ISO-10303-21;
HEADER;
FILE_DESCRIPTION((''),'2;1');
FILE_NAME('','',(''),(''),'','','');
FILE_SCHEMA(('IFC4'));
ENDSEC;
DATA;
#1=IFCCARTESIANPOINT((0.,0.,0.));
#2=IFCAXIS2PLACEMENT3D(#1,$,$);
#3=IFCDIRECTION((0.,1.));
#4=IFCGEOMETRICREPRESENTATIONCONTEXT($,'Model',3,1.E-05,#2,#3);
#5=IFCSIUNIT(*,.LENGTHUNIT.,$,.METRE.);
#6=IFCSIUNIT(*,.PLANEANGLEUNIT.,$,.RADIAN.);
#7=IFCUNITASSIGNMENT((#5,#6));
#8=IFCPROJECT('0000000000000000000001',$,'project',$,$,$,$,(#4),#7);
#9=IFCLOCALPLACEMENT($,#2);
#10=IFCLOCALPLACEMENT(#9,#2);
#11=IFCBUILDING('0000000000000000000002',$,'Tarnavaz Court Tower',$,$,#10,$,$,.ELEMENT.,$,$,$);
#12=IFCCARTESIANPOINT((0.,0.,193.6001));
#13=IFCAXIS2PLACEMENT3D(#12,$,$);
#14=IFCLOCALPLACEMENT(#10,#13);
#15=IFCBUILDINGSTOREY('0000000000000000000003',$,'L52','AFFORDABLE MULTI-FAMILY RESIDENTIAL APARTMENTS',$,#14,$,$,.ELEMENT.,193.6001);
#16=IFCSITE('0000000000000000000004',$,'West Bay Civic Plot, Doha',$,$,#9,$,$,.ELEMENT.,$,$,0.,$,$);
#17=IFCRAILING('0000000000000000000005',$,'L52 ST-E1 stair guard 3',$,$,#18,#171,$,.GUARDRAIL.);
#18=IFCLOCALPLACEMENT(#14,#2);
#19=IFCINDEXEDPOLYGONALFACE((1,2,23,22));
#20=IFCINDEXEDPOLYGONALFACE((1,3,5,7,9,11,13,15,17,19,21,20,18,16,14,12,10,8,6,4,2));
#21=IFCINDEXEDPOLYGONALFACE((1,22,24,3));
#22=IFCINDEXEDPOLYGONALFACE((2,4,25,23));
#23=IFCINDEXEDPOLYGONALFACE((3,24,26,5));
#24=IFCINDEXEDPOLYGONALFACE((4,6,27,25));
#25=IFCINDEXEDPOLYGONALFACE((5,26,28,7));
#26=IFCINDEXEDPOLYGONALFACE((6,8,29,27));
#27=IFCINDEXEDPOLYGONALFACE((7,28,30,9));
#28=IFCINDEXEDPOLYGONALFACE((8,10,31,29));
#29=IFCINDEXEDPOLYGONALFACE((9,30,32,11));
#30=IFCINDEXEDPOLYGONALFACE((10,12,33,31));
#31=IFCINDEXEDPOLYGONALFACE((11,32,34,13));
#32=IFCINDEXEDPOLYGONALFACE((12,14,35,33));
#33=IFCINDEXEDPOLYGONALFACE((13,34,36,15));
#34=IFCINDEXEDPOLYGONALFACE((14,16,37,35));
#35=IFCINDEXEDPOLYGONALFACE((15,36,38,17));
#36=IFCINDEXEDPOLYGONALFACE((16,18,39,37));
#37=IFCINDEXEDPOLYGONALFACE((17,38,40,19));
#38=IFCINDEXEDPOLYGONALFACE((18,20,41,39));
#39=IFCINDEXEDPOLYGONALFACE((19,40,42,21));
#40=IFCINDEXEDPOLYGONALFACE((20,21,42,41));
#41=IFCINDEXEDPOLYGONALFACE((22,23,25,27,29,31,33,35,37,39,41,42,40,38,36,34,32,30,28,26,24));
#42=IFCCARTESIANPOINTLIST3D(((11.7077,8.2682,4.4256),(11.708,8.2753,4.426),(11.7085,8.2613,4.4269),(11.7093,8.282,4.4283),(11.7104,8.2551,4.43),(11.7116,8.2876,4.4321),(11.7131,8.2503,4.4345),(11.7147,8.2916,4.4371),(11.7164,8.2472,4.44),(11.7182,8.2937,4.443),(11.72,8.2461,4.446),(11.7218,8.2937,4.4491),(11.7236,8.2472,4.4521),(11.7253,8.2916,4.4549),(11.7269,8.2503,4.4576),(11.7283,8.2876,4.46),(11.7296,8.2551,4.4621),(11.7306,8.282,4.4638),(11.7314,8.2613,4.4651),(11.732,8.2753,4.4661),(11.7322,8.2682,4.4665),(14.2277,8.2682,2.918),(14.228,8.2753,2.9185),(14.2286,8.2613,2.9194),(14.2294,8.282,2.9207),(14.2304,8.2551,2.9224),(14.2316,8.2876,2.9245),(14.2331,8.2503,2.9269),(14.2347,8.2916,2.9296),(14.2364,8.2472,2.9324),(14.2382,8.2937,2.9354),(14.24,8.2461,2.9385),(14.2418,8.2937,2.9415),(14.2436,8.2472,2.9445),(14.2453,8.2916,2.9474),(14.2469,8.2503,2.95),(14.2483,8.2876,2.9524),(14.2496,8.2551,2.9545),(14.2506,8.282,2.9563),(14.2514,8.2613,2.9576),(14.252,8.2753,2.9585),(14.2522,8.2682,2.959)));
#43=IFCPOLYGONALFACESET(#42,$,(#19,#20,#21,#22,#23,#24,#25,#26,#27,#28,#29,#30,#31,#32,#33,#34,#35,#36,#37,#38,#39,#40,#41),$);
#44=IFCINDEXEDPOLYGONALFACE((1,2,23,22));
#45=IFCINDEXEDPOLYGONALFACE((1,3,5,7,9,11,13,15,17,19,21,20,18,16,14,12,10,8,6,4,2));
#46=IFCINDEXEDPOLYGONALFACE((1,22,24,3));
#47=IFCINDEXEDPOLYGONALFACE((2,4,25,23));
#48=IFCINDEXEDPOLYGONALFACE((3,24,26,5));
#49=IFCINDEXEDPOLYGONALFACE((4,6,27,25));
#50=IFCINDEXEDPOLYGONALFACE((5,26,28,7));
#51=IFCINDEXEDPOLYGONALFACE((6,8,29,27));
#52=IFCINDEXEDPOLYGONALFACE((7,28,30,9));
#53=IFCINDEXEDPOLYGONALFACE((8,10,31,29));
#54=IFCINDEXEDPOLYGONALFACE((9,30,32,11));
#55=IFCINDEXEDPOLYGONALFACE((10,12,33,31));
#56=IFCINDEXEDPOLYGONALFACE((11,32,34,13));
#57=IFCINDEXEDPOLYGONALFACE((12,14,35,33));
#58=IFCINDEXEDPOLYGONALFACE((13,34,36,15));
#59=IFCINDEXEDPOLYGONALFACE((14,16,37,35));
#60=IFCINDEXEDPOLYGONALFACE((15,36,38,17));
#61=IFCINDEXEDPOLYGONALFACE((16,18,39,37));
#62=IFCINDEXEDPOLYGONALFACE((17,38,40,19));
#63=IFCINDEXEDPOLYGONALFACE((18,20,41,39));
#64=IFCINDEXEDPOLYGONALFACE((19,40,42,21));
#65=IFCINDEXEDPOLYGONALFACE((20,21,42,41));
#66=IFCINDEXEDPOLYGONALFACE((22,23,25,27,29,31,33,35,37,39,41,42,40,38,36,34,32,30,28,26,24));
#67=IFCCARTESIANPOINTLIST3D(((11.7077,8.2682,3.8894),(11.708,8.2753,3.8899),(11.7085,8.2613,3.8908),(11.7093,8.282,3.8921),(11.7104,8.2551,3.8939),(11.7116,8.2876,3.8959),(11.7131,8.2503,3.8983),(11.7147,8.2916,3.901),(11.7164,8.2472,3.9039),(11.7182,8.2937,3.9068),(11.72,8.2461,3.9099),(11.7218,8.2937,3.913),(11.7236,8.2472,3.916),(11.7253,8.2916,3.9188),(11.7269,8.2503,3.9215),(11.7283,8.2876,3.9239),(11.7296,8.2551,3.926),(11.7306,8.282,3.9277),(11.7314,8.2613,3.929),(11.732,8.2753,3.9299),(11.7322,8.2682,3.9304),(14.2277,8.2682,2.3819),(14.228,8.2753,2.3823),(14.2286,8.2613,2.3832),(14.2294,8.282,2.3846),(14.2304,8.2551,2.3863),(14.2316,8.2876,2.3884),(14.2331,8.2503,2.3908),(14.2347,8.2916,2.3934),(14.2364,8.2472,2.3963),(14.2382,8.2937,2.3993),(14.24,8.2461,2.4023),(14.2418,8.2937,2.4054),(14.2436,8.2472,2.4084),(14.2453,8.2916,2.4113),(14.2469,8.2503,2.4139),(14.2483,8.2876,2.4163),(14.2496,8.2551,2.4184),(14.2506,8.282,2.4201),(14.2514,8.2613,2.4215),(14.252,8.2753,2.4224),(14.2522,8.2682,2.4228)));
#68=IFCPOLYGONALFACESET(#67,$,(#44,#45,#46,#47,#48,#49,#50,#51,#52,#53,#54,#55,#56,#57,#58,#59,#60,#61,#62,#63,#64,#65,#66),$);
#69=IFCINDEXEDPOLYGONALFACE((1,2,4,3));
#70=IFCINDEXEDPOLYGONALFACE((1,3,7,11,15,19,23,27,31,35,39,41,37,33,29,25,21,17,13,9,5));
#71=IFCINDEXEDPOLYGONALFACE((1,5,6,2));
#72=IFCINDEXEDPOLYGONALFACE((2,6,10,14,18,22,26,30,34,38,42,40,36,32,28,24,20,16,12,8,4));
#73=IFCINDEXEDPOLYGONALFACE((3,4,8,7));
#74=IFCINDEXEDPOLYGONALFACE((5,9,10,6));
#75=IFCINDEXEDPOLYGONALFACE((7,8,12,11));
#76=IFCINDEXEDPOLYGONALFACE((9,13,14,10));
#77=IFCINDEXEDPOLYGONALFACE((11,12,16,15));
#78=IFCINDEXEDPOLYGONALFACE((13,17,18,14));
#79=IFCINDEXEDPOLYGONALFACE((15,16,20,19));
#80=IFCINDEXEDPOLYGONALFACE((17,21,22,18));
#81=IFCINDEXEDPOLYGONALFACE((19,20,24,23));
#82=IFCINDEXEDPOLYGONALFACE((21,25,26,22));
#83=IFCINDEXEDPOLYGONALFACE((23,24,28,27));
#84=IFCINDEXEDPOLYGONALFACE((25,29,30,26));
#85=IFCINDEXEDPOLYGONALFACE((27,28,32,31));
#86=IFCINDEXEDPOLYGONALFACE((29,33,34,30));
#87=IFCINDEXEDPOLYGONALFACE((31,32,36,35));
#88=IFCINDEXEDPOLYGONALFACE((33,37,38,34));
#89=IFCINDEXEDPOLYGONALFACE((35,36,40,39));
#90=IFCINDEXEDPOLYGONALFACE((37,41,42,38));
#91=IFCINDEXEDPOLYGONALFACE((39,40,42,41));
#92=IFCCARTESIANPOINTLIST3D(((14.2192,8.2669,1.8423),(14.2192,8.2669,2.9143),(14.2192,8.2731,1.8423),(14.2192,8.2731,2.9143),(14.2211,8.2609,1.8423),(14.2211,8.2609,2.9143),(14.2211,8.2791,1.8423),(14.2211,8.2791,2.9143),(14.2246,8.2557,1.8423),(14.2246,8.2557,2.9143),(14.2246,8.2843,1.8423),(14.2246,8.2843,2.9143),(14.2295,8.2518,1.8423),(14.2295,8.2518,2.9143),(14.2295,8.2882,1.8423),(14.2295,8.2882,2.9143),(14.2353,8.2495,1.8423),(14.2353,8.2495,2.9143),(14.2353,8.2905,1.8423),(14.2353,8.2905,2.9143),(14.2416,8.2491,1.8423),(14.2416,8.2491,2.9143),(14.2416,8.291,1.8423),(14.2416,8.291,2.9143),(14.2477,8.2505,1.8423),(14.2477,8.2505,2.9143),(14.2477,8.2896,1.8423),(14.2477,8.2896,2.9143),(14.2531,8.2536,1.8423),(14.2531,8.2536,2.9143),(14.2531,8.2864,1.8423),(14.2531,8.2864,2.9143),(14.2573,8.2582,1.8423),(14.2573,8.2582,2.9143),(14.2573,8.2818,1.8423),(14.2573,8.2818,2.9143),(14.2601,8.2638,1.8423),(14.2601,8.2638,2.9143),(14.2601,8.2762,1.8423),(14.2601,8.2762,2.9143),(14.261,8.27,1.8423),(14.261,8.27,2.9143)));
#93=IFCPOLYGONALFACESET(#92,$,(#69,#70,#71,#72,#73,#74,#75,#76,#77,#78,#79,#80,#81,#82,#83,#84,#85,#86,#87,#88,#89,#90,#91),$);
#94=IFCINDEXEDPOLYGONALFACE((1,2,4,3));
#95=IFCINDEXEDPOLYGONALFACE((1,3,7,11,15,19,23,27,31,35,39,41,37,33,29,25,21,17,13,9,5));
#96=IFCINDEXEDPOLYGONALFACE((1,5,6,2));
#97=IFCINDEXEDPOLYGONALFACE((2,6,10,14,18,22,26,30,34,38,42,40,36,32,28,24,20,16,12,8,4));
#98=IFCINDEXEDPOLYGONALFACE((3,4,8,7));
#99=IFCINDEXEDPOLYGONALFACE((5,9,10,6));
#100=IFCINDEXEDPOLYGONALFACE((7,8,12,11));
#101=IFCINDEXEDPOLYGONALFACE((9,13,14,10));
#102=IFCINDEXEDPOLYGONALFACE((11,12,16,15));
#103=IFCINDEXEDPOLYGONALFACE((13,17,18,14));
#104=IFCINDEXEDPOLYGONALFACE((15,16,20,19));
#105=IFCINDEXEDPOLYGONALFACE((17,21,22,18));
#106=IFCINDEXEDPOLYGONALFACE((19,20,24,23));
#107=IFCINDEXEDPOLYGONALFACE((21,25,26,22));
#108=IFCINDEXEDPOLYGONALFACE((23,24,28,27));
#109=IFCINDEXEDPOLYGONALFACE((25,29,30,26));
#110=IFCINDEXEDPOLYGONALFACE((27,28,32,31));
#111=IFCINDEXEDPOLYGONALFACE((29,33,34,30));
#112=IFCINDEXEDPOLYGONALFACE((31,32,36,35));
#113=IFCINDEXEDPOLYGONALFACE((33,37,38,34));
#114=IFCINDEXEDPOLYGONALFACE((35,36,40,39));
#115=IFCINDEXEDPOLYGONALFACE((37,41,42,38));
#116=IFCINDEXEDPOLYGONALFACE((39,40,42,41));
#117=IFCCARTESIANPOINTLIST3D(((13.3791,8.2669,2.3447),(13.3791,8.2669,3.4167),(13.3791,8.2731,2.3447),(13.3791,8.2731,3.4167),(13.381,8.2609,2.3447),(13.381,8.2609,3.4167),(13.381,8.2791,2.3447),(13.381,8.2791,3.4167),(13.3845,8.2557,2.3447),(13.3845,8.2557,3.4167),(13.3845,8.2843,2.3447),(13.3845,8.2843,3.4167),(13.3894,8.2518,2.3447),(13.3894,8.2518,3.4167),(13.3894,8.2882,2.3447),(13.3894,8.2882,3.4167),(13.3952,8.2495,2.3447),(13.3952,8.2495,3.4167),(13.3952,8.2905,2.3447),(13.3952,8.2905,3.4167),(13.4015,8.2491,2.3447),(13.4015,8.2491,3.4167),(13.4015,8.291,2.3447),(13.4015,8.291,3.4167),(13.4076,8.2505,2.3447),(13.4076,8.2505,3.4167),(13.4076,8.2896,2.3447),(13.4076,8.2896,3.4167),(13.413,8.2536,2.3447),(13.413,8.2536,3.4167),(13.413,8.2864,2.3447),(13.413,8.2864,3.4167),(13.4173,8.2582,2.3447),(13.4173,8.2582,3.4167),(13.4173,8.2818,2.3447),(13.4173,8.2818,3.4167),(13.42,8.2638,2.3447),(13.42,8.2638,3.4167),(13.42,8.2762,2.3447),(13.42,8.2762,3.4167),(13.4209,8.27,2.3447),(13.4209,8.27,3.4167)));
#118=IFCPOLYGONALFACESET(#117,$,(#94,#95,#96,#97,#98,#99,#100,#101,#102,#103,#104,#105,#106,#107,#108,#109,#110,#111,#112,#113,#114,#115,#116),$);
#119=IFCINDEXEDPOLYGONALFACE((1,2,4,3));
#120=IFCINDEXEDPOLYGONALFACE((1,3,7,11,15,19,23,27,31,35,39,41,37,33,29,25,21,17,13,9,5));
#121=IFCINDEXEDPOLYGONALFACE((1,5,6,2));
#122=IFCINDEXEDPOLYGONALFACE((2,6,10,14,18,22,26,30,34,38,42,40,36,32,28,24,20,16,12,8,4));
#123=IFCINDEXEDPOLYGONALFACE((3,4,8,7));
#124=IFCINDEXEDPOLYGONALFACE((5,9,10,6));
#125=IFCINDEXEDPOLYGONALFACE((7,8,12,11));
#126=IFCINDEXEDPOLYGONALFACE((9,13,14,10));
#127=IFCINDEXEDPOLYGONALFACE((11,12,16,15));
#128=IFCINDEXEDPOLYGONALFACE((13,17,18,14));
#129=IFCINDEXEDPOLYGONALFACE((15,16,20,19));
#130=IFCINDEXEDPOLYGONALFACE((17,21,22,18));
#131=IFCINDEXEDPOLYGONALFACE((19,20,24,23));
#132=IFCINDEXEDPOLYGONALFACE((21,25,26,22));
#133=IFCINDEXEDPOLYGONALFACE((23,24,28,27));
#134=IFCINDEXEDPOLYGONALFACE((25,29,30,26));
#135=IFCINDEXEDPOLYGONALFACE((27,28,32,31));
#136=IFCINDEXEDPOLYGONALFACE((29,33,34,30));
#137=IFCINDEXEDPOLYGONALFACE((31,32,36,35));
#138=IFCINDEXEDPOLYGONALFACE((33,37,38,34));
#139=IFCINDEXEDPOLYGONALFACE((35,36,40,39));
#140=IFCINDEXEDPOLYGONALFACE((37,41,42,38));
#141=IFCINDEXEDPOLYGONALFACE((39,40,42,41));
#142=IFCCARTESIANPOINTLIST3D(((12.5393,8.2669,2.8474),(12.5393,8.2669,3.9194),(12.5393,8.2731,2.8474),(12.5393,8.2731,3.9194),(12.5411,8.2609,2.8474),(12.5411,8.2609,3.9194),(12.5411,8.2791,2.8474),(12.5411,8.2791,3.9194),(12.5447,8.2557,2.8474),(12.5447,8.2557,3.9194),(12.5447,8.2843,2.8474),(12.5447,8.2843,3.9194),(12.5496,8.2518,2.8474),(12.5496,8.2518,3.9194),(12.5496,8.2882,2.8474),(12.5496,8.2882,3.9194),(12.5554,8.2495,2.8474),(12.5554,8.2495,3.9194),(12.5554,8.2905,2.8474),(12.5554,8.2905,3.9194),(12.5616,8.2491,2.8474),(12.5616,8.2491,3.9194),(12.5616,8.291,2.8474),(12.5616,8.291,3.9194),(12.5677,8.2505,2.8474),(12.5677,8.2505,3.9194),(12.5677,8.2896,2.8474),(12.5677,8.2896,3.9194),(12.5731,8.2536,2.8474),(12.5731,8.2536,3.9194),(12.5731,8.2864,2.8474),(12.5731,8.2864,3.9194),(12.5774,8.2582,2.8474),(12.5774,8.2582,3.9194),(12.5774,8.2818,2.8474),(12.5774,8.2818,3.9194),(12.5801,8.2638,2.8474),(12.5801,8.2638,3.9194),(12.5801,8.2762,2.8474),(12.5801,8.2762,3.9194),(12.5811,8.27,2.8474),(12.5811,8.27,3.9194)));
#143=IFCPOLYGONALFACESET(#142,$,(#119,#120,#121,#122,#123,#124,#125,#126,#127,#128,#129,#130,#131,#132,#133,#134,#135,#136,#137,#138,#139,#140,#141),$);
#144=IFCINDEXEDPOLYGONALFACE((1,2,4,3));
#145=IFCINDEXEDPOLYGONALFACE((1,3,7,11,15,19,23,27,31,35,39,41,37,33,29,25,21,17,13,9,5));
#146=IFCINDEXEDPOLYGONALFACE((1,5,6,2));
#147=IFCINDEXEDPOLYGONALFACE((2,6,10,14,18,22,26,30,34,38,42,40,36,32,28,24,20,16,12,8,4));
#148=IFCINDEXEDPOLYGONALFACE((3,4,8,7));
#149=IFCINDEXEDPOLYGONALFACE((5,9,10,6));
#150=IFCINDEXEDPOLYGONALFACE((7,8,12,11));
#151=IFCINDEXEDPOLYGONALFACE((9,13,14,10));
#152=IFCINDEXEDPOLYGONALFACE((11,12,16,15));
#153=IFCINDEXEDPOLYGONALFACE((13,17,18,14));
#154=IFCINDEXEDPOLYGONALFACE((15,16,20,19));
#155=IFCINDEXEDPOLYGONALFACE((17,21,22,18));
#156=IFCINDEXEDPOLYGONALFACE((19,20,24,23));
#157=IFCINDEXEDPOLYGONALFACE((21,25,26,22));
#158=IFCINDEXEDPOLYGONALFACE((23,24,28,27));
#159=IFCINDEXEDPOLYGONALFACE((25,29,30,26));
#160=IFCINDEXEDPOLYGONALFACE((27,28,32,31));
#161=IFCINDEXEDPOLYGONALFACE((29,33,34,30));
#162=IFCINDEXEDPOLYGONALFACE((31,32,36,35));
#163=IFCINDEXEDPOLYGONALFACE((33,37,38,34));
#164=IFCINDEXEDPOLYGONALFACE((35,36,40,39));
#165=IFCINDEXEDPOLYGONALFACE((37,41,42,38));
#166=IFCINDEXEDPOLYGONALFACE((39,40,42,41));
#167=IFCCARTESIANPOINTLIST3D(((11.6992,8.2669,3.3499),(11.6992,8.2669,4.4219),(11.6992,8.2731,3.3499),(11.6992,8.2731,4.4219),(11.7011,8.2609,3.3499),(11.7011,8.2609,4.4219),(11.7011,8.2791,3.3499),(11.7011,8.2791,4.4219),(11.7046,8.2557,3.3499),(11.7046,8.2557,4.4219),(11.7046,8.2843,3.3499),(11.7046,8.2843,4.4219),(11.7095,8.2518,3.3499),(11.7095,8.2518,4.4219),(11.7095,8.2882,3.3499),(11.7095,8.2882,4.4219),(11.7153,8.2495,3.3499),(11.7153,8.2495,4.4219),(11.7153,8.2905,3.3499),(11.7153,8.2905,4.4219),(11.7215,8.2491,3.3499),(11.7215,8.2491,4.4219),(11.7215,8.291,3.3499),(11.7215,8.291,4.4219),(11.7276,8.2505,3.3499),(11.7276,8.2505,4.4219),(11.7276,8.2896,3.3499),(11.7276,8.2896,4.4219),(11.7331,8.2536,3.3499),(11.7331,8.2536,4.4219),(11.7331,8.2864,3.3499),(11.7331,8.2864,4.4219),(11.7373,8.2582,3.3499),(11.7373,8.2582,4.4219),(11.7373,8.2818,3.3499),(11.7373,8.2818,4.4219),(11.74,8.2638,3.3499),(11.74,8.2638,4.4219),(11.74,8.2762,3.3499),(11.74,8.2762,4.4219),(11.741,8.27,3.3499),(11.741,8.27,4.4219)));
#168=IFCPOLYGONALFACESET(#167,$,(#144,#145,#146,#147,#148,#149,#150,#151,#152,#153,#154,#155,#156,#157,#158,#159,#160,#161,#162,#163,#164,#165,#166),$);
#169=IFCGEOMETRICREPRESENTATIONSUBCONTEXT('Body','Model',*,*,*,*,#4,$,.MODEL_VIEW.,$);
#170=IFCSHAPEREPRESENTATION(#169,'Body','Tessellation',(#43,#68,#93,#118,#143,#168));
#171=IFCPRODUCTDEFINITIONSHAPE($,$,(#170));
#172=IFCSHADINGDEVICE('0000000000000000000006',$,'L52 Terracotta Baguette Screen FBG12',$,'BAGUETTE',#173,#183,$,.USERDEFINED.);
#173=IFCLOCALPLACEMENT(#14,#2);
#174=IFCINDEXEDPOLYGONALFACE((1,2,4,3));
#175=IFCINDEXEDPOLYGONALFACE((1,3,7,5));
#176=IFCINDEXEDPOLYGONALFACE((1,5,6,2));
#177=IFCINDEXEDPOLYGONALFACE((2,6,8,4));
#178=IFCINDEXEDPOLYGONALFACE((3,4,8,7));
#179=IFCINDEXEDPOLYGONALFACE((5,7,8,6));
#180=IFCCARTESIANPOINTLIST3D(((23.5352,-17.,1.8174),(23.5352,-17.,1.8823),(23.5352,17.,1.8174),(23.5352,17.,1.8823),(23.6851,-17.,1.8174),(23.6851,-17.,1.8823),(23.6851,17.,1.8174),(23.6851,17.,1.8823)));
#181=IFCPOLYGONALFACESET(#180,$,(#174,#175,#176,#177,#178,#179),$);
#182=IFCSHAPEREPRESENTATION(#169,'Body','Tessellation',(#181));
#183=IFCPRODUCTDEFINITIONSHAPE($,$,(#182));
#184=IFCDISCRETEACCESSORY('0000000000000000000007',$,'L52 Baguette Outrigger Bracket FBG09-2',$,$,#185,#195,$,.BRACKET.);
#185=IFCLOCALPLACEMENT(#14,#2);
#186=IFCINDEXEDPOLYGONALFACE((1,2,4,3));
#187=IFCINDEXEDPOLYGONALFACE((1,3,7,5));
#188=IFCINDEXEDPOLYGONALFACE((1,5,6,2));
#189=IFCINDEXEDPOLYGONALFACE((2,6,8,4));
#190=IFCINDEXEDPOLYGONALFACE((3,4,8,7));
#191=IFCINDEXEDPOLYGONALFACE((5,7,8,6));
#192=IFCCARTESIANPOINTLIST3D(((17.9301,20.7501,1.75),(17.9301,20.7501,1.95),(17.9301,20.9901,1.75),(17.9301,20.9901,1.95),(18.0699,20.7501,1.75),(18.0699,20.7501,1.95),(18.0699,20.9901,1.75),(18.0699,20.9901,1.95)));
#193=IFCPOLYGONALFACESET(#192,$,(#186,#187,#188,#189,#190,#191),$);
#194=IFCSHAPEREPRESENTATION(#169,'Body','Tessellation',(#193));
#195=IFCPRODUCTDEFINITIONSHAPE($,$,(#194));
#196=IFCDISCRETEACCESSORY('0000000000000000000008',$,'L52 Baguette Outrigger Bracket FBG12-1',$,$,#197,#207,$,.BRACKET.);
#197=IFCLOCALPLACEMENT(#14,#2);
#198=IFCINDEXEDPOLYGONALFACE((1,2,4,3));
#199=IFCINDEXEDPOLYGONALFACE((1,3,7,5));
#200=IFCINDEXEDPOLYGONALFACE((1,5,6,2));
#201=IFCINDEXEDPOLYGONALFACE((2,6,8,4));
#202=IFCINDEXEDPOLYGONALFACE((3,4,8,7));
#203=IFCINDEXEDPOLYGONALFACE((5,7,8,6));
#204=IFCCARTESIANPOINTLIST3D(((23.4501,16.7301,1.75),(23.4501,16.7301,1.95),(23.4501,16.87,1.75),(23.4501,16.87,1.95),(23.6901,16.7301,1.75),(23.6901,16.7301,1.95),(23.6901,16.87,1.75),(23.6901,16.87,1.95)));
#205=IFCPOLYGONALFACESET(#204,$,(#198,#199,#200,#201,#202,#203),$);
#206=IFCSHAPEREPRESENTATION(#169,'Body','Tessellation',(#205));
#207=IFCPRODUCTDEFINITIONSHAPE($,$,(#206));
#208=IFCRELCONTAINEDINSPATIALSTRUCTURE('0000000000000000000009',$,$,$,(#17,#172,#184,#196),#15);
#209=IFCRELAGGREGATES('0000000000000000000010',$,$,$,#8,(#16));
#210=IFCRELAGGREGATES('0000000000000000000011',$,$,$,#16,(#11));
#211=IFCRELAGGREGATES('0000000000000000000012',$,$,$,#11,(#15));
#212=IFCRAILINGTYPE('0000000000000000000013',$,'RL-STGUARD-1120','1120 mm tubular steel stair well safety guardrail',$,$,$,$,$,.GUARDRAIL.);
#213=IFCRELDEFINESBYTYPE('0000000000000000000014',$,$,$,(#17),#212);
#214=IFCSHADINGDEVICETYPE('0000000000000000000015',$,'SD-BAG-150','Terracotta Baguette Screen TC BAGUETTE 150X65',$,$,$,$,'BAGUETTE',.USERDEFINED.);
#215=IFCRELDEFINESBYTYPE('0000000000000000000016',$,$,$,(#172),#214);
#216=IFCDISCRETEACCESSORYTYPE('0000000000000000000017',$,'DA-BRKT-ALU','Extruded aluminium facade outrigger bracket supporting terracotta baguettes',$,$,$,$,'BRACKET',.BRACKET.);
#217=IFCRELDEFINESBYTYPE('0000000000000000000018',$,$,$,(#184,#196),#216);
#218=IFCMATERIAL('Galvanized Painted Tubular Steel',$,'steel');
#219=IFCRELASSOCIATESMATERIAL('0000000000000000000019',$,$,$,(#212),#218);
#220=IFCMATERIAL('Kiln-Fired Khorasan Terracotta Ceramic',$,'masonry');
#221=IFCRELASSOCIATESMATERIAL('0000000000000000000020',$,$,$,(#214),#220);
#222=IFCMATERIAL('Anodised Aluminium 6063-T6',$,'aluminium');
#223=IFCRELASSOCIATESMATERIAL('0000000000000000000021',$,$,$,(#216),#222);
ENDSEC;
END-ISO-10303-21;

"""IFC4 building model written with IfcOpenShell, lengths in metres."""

from ifc_helpers import new_model, si_unit, direction, frame, origin, origin_2d, place, context, subcontext, project, spatial, rectangle, circle, extrude, material, material_profile, profile_set, type_object, element, save


model = new_model("IFC4")

# Units and contexts
model_context = context("Model", 3, precision=1e-05, world=origin(), true_north=direction((0.0, 1.0)))
body_context = subcontext(model_context, "Body", "Model", "MODEL_VIEW")
ifc_project = project(units=[si_unit("LENGTHUNIT", "METRE"), si_unit("PLANEANGLEUNIT", "RADIAN")], contexts=[model_context])

# Site, building, storey
site_placement = place(None, origin())
site = spatial("IfcSite", under=ifc_project, at=site_placement, Name="West Bay Civic Plot, Doha", CompositionType="ELEMENT", RefElevation=0.0)
building_placement = place(site_placement, origin())
building = spatial("IfcBuilding", under=site, at=building_placement, Name="Tarnavaz Court Tower", CompositionType="ELEMENT")
storey_placement = place(building_placement, frame((0.0, 0.0, 193.6001)))
storey = spatial("IfcBuildingStorey", under=building, at=storey_placement, Name="L52", Description="AFFORDABLE MULTI-FAMILY RESIDENTIAL APARTMENTS", CompositionType="ELEMENT", Elevation=193.6001)

# Railing
ifc_material_1 = material(Name="Galvanized Painted Tubular Steel", Category="steel")
railing_type_1 = type_object("IfcRailingType", Name="RL-STGUARD-1120", Description="1120 mm tubular steel stair well safety guardrail", PredefinedType="GUARDRAIL", material=ifc_material_1)
railing_1_placement = place(storey_placement, frame((14.24, 8.27, 1.8423)))
element("IfcRailing", 1, at=railing_1_placement, inside=storey, type_object=railing_type_1, Name="L52 ST-E1 stair guard 3", PredefinedType="GUARDRAIL", context=body_context, shape_type="SweptSolid", body=[
    extrude(circle(Radius=0.0239, at=origin_2d()), frame((0.0, 0.0, 1.0962), z_axis=(-0.85816, 0.0, 0.513383), x_axis=(0.0, -1.0, 0.0)), (0.0, 0.0, 1.0), 2.9365),
    extrude(circle(Radius=0.0239, at=origin_2d()), frame((0.0, 0.0, 0.5601), z_axis=(-0.85816, 0.0, 0.513383), x_axis=(0.0, -1.0, 0.0)), (0.0, 0.0, 1.0), 2.9365),
    extrude(circle(Radius=0.021, at=origin_2d()), origin(), (0.0, 0.0, 1.0), 1.072),
    extrude(circle(Radius=0.021, at=origin_2d()), frame((-0.8401, 0.0, 0.5024)), (0.0, 0.0, 1.0), 1.072),
    extrude(circle(Radius=0.021, at=origin_2d()), frame((-1.6799, 0.0, 1.0051)), (0.0, 0.0, 1.0), 1.072),
    extrude(circle(Radius=0.021, at=origin_2d()), frame((-2.52, 0.0, 1.5076)), (0.0, 0.0, 1.0), 1.072),
])

# Shading device
ifc_material_2 = material(Name="Kiln-Fired Khorasan Terracotta Ceramic", Category="masonry")
ifc_material_profile_1 = material_profile(ifc_material_2, rectangle(XDim=0.1499, YDim=0.0649, at=origin_2d()), Name="TC BAGUETTE 150X65")
ifc_profile_set_1 = profile_set([ifc_material_profile_1], Name="Kiln-Fired Khorasan Terracotta Ceramic")
shading_device_type = type_object("IfcShadingDeviceType", Name="SD-BAG-150", Description="Terracotta Baguette Screen TC BAGUETTE 150X65", ElementType="BAGUETTE", PredefinedType="USERDEFINED", material=ifc_profile_set_1)
shading_device_placement = place(storey_placement, frame((23.6101, 17.0, 1.8499), z_axis=(0.0, -1.0, 0.0), x_axis=(1.0, 0.0, 0.0)))
element("IfcShadingDevice", 2, at=shading_device_placement, inside=storey, type_object=shading_device_type, Name="L52 Terracotta Baguette Screen FBG12", ObjectType="BAGUETTE", PredefinedType="USERDEFINED", context=body_context, shape_type="SweptSolid", body=[
    extrude(rectangle(XDim=0.1499, YDim=0.0649, at=origin_2d()), origin(), (0.0, 0.0, 1.0), 34.0),
])

# Discrete accessories
ifc_material_3 = material(Name="Anodised Aluminium 6063-T6", Category="aluminium")
discrete_accessory_type = type_object("IfcDiscreteAccessoryType", Name="DA-BRKT-ALU", Description="Extruded aluminium facade outrigger bracket supporting terracotta baguettes", ElementType="BRACKET", PredefinedType="BRACKET", material=ifc_material_3)
for number, where, z_axis, x_axis, name in (
    (3, (18.0, 20.8701, 1.75), (0.0, 0.0, 1.0), (1.0, 0.0, 0.0), "L52 Baguette Outrigger Bracket FBG09-2"),
    (4, (23.5701, 16.8, 1.75), (0.0, 0.0, 1.0), (0.0, -1.0, 0.0), "L52 Baguette Outrigger Bracket FBG12-1"),
):
    element("IfcDiscreteAccessory", number, at=place(storey_placement, frame(where, z_axis=z_axis, x_axis=x_axis)), inside=storey, type_object=discrete_accessory_type, Name=name, PredefinedType="BRACKET", context=body_context, shape_type="SweptSolid", body=[
        extrude(rectangle(XDim=0.1399, YDim=0.24, at=origin_2d()), origin(), (0.0, 0.0, 1.0), 0.2),
    ])

save(model, "model.ifc")
